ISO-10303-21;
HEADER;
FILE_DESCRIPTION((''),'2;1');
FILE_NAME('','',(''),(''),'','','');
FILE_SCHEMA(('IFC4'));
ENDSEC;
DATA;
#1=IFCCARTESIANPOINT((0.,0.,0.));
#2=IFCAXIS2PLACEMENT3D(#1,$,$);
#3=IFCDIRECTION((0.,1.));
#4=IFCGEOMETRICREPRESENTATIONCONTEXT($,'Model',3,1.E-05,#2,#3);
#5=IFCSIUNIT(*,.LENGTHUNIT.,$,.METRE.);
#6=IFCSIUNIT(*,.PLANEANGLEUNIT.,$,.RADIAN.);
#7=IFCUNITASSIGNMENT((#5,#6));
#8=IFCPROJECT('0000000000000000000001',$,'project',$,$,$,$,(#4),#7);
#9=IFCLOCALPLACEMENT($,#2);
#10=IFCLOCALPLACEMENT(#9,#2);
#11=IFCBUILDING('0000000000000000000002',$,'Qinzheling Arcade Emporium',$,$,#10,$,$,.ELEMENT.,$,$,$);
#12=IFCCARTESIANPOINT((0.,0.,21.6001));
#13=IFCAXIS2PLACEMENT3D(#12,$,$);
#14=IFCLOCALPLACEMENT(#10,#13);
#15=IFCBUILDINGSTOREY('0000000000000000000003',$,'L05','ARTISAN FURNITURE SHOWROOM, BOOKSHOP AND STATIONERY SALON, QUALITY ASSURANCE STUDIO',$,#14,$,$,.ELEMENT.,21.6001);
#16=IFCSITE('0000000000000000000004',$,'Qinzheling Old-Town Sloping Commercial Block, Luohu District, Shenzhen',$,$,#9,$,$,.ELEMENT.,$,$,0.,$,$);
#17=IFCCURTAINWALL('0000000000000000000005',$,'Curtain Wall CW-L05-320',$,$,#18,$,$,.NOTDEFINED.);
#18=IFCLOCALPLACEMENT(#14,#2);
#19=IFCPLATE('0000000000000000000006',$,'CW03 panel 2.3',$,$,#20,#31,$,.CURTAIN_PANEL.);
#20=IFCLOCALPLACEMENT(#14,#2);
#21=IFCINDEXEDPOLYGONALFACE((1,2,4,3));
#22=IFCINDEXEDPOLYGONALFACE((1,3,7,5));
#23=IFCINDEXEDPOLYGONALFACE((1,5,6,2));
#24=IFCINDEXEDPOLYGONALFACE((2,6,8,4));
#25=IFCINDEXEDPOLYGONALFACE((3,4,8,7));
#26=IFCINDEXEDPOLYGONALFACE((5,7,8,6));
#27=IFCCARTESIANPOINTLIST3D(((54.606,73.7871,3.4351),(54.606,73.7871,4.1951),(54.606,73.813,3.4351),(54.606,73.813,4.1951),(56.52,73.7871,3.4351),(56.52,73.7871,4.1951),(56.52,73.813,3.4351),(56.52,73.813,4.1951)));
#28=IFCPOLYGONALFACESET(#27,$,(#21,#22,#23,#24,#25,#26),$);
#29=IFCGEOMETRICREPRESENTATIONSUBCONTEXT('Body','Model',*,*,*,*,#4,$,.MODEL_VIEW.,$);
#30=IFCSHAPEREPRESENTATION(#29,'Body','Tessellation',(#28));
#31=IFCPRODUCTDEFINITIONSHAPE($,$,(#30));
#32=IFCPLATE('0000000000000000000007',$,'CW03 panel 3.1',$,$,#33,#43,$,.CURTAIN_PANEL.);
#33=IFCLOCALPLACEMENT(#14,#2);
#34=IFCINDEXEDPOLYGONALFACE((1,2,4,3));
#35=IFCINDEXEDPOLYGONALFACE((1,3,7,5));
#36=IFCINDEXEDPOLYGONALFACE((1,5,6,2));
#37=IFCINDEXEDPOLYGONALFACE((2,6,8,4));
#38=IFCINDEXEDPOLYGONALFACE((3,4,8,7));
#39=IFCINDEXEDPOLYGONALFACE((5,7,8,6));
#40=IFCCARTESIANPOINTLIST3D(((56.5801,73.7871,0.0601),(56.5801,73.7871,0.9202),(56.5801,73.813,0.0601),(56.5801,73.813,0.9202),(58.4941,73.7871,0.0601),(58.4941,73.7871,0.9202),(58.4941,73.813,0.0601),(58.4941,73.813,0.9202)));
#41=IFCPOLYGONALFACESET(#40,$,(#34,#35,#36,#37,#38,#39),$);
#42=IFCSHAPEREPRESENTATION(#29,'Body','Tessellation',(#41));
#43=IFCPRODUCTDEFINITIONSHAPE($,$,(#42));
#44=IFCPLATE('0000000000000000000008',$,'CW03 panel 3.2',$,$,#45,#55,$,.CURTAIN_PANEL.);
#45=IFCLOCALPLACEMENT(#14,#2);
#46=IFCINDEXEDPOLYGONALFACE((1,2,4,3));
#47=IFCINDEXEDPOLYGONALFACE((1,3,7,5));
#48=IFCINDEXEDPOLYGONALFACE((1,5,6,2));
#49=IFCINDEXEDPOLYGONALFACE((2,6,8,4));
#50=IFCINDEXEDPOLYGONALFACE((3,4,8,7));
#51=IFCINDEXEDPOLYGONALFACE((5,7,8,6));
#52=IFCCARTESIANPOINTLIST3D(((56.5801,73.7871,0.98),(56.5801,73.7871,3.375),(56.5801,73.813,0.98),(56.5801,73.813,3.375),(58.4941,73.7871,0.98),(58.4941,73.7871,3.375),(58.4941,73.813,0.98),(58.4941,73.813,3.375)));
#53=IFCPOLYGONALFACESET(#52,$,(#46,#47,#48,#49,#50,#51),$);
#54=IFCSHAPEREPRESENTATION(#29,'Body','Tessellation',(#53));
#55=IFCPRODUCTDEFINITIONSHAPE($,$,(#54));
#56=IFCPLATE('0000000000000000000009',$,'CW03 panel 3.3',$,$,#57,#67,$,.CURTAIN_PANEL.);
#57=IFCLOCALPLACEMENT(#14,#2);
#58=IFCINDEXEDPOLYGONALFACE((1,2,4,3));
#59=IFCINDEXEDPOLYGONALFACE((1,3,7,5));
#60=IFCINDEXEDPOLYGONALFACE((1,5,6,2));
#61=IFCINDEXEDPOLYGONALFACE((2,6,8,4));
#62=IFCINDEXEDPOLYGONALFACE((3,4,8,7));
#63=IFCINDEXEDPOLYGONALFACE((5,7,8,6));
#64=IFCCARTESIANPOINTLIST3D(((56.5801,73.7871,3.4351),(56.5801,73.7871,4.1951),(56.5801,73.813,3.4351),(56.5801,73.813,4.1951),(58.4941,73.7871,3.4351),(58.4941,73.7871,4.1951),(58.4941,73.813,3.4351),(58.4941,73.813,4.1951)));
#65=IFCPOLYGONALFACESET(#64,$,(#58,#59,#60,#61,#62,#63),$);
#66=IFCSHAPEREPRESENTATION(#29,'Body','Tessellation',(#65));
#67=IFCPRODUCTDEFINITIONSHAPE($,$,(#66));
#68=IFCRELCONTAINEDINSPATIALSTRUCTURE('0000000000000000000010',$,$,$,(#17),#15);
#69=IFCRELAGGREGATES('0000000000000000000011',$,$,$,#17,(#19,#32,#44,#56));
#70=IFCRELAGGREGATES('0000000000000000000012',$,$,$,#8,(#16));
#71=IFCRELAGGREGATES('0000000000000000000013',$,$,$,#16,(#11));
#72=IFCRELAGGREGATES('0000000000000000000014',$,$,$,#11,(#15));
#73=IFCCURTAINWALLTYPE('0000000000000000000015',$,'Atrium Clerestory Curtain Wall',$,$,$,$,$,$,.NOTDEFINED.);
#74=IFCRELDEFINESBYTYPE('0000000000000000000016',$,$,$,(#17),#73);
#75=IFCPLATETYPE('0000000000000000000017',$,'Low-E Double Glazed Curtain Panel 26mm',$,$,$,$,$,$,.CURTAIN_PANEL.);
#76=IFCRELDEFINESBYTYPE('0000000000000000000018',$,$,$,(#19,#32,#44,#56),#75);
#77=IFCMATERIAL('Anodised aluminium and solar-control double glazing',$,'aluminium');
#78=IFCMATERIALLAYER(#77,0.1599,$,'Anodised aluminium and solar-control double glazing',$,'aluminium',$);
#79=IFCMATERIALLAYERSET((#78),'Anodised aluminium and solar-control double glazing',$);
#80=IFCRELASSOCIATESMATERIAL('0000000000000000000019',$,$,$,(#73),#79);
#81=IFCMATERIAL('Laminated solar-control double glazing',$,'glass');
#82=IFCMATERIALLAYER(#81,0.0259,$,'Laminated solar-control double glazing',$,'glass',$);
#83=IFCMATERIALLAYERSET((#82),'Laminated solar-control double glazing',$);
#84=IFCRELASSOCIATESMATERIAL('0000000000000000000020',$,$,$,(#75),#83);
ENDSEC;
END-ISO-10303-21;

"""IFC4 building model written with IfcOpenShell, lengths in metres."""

from ifc_helpers import new_model, si_unit, direction, frame, origin, origin_2d, place, context, subcontext, project, spatial, rectangle, extrude, material, layer, layer_set, type_object, element, aggregate, save


model = new_model("IFC4")

# Units and contexts
model_context = context("Model", 3, precision=1e-05, world=origin(), true_north=direction((0.0, 1.0)))
body_context = subcontext(model_context, "Body", "Model", "MODEL_VIEW")
ifc_project = project(units=[si_unit("LENGTHUNIT", "METRE"), si_unit("PLANEANGLEUNIT", "RADIAN")], contexts=[model_context])

# Site, building, storey
site_placement = place(None, origin())
site = spatial("IfcSite", under=ifc_project, at=site_placement, Name="Qinzheling Old-Town Sloping Commercial Block, Luohu District, Shenzhen", CompositionType="ELEMENT", RefElevation=0.0)
building_placement = place(site_placement, origin())
building = spatial("IfcBuilding", under=site, at=building_placement, Name="Qinzheling Arcade Emporium", CompositionType="ELEMENT")
storey_placement = place(building_placement, frame((0.0, 0.0, 21.6001)))
storey = spatial("IfcBuildingStorey", under=building, at=storey_placement, Name="L05", Description="ARTISAN FURNITURE SHOWROOM, BOOKSHOP AND STATIONERY SALON, QUALITY ASSURANCE STUDIO", CompositionType="ELEMENT", Elevation=21.6001)

# Curtain wall
ifc_material_1 = material(Name="Anodised aluminium and solar-control double glazing", Category="aluminium")
ifc_layer_1 = layer(ifc_material_1, 0.1599, Name="Anodised aluminium and solar-control double glazing", Category="aluminium")
ifc_layer_set_1 = layer_set([ifc_layer_1], Name="Anodised aluminium and solar-control double glazing")
curtain_wall_type = type_object("IfcCurtainWallType", Name="Atrium Clerestory Curtain Wall", PredefinedType="NOTDEFINED", material=ifc_layer_set_1)
curtain_wall_placement = place(storey_placement, origin())
curtain_wall = element("IfcCurtainWall", 1, at=curtain_wall_placement, inside=storey, type_object=curtain_wall_type, Name="Curtain Wall CW-L05-320", PredefinedType="NOTDEFINED")

# Plates
ifc_material_2 = material(Name="Laminated solar-control double glazing", Category="glass")
ifc_layer_2 = layer(ifc_material_2, 0.0259, Name="Laminated solar-control double glazing", Category="glass")
ifc_layer_set_2 = layer_set([ifc_layer_2], Name="Laminated solar-control double glazing")
plate_type = type_object("IfcPlateType", Name="Low-E Double Glazed Curtain Panel 26mm", PredefinedType="CURTAIN_PANEL", material=ifc_layer_set_2)
plate_1_placement = place(storey_placement, frame((55.563, 73.8, 3.4351), z_axis=(0.0, 0.0, 1.0), x_axis=(1.0, 0.0, 0.0)))
plate_1 = element("IfcPlate", 2, at=plate_1_placement, type_object=plate_type, Name="CW03 panel 2.3", PredefinedType="CURTAIN_PANEL", context=body_context, shape_type="SweptSolid", body=[
    extrude(rectangle(XDim=1.9141, YDim=0.0259, at=origin_2d()), origin(), (0.0, 0.0, 1.0), 0.76),
])
plate_2_placement = place(storey_placement, frame((57.5371, 73.8, 0.0601), z_axis=(0.0, 0.0, 1.0), x_axis=(1.0, 0.0, 0.0)))
plate_2 = element("IfcPlate", 3, at=plate_2_placement, type_object=plate_type, Name="CW03 panel 3.1", PredefinedType="CURTAIN_PANEL", context=body_context, shape_type="SweptSolid", body=[
    extrude(rectangle(XDim=1.9141, YDim=0.0259, at=origin_2d()), origin(), (0.0, 0.0, 1.0), 0.8601),
])
plate_3_placement = place(storey_placement, frame((57.5371, 73.8, 0.98), z_axis=(0.0, 0.0, 1.0), x_axis=(1.0, 0.0, 0.0)))
plate_3 = element("IfcPlate", 4, at=plate_3_placement, type_object=plate_type, Name="CW03 panel 3.2", PredefinedType="CURTAIN_PANEL", context=body_context, shape_type="SweptSolid", body=[
    extrude(rectangle(XDim=1.9141, YDim=0.0259, at=origin_2d()), origin(), (0.0, 0.0, 1.0), 2.395),
])
plate_4_placement = place(storey_placement, frame((57.5371, 73.8, 3.4351), z_axis=(0.0, 0.0, 1.0), x_axis=(1.0, 0.0, 0.0)))
plate_4 = element("IfcPlate", 5, at=plate_4_placement, type_object=plate_type, Name="CW03 panel 3.3", PredefinedType="CURTAIN_PANEL", context=body_context, shape_type="SweptSolid", body=[
    extrude(rectangle(XDim=1.9141, YDim=0.0259, at=origin_2d()), origin(), (0.0, 0.0, 1.0), 0.76),
])
aggregate(curtain_wall, [plate_1, plate_2, plate_3, plate_4])

save(model, "model.ifc")
